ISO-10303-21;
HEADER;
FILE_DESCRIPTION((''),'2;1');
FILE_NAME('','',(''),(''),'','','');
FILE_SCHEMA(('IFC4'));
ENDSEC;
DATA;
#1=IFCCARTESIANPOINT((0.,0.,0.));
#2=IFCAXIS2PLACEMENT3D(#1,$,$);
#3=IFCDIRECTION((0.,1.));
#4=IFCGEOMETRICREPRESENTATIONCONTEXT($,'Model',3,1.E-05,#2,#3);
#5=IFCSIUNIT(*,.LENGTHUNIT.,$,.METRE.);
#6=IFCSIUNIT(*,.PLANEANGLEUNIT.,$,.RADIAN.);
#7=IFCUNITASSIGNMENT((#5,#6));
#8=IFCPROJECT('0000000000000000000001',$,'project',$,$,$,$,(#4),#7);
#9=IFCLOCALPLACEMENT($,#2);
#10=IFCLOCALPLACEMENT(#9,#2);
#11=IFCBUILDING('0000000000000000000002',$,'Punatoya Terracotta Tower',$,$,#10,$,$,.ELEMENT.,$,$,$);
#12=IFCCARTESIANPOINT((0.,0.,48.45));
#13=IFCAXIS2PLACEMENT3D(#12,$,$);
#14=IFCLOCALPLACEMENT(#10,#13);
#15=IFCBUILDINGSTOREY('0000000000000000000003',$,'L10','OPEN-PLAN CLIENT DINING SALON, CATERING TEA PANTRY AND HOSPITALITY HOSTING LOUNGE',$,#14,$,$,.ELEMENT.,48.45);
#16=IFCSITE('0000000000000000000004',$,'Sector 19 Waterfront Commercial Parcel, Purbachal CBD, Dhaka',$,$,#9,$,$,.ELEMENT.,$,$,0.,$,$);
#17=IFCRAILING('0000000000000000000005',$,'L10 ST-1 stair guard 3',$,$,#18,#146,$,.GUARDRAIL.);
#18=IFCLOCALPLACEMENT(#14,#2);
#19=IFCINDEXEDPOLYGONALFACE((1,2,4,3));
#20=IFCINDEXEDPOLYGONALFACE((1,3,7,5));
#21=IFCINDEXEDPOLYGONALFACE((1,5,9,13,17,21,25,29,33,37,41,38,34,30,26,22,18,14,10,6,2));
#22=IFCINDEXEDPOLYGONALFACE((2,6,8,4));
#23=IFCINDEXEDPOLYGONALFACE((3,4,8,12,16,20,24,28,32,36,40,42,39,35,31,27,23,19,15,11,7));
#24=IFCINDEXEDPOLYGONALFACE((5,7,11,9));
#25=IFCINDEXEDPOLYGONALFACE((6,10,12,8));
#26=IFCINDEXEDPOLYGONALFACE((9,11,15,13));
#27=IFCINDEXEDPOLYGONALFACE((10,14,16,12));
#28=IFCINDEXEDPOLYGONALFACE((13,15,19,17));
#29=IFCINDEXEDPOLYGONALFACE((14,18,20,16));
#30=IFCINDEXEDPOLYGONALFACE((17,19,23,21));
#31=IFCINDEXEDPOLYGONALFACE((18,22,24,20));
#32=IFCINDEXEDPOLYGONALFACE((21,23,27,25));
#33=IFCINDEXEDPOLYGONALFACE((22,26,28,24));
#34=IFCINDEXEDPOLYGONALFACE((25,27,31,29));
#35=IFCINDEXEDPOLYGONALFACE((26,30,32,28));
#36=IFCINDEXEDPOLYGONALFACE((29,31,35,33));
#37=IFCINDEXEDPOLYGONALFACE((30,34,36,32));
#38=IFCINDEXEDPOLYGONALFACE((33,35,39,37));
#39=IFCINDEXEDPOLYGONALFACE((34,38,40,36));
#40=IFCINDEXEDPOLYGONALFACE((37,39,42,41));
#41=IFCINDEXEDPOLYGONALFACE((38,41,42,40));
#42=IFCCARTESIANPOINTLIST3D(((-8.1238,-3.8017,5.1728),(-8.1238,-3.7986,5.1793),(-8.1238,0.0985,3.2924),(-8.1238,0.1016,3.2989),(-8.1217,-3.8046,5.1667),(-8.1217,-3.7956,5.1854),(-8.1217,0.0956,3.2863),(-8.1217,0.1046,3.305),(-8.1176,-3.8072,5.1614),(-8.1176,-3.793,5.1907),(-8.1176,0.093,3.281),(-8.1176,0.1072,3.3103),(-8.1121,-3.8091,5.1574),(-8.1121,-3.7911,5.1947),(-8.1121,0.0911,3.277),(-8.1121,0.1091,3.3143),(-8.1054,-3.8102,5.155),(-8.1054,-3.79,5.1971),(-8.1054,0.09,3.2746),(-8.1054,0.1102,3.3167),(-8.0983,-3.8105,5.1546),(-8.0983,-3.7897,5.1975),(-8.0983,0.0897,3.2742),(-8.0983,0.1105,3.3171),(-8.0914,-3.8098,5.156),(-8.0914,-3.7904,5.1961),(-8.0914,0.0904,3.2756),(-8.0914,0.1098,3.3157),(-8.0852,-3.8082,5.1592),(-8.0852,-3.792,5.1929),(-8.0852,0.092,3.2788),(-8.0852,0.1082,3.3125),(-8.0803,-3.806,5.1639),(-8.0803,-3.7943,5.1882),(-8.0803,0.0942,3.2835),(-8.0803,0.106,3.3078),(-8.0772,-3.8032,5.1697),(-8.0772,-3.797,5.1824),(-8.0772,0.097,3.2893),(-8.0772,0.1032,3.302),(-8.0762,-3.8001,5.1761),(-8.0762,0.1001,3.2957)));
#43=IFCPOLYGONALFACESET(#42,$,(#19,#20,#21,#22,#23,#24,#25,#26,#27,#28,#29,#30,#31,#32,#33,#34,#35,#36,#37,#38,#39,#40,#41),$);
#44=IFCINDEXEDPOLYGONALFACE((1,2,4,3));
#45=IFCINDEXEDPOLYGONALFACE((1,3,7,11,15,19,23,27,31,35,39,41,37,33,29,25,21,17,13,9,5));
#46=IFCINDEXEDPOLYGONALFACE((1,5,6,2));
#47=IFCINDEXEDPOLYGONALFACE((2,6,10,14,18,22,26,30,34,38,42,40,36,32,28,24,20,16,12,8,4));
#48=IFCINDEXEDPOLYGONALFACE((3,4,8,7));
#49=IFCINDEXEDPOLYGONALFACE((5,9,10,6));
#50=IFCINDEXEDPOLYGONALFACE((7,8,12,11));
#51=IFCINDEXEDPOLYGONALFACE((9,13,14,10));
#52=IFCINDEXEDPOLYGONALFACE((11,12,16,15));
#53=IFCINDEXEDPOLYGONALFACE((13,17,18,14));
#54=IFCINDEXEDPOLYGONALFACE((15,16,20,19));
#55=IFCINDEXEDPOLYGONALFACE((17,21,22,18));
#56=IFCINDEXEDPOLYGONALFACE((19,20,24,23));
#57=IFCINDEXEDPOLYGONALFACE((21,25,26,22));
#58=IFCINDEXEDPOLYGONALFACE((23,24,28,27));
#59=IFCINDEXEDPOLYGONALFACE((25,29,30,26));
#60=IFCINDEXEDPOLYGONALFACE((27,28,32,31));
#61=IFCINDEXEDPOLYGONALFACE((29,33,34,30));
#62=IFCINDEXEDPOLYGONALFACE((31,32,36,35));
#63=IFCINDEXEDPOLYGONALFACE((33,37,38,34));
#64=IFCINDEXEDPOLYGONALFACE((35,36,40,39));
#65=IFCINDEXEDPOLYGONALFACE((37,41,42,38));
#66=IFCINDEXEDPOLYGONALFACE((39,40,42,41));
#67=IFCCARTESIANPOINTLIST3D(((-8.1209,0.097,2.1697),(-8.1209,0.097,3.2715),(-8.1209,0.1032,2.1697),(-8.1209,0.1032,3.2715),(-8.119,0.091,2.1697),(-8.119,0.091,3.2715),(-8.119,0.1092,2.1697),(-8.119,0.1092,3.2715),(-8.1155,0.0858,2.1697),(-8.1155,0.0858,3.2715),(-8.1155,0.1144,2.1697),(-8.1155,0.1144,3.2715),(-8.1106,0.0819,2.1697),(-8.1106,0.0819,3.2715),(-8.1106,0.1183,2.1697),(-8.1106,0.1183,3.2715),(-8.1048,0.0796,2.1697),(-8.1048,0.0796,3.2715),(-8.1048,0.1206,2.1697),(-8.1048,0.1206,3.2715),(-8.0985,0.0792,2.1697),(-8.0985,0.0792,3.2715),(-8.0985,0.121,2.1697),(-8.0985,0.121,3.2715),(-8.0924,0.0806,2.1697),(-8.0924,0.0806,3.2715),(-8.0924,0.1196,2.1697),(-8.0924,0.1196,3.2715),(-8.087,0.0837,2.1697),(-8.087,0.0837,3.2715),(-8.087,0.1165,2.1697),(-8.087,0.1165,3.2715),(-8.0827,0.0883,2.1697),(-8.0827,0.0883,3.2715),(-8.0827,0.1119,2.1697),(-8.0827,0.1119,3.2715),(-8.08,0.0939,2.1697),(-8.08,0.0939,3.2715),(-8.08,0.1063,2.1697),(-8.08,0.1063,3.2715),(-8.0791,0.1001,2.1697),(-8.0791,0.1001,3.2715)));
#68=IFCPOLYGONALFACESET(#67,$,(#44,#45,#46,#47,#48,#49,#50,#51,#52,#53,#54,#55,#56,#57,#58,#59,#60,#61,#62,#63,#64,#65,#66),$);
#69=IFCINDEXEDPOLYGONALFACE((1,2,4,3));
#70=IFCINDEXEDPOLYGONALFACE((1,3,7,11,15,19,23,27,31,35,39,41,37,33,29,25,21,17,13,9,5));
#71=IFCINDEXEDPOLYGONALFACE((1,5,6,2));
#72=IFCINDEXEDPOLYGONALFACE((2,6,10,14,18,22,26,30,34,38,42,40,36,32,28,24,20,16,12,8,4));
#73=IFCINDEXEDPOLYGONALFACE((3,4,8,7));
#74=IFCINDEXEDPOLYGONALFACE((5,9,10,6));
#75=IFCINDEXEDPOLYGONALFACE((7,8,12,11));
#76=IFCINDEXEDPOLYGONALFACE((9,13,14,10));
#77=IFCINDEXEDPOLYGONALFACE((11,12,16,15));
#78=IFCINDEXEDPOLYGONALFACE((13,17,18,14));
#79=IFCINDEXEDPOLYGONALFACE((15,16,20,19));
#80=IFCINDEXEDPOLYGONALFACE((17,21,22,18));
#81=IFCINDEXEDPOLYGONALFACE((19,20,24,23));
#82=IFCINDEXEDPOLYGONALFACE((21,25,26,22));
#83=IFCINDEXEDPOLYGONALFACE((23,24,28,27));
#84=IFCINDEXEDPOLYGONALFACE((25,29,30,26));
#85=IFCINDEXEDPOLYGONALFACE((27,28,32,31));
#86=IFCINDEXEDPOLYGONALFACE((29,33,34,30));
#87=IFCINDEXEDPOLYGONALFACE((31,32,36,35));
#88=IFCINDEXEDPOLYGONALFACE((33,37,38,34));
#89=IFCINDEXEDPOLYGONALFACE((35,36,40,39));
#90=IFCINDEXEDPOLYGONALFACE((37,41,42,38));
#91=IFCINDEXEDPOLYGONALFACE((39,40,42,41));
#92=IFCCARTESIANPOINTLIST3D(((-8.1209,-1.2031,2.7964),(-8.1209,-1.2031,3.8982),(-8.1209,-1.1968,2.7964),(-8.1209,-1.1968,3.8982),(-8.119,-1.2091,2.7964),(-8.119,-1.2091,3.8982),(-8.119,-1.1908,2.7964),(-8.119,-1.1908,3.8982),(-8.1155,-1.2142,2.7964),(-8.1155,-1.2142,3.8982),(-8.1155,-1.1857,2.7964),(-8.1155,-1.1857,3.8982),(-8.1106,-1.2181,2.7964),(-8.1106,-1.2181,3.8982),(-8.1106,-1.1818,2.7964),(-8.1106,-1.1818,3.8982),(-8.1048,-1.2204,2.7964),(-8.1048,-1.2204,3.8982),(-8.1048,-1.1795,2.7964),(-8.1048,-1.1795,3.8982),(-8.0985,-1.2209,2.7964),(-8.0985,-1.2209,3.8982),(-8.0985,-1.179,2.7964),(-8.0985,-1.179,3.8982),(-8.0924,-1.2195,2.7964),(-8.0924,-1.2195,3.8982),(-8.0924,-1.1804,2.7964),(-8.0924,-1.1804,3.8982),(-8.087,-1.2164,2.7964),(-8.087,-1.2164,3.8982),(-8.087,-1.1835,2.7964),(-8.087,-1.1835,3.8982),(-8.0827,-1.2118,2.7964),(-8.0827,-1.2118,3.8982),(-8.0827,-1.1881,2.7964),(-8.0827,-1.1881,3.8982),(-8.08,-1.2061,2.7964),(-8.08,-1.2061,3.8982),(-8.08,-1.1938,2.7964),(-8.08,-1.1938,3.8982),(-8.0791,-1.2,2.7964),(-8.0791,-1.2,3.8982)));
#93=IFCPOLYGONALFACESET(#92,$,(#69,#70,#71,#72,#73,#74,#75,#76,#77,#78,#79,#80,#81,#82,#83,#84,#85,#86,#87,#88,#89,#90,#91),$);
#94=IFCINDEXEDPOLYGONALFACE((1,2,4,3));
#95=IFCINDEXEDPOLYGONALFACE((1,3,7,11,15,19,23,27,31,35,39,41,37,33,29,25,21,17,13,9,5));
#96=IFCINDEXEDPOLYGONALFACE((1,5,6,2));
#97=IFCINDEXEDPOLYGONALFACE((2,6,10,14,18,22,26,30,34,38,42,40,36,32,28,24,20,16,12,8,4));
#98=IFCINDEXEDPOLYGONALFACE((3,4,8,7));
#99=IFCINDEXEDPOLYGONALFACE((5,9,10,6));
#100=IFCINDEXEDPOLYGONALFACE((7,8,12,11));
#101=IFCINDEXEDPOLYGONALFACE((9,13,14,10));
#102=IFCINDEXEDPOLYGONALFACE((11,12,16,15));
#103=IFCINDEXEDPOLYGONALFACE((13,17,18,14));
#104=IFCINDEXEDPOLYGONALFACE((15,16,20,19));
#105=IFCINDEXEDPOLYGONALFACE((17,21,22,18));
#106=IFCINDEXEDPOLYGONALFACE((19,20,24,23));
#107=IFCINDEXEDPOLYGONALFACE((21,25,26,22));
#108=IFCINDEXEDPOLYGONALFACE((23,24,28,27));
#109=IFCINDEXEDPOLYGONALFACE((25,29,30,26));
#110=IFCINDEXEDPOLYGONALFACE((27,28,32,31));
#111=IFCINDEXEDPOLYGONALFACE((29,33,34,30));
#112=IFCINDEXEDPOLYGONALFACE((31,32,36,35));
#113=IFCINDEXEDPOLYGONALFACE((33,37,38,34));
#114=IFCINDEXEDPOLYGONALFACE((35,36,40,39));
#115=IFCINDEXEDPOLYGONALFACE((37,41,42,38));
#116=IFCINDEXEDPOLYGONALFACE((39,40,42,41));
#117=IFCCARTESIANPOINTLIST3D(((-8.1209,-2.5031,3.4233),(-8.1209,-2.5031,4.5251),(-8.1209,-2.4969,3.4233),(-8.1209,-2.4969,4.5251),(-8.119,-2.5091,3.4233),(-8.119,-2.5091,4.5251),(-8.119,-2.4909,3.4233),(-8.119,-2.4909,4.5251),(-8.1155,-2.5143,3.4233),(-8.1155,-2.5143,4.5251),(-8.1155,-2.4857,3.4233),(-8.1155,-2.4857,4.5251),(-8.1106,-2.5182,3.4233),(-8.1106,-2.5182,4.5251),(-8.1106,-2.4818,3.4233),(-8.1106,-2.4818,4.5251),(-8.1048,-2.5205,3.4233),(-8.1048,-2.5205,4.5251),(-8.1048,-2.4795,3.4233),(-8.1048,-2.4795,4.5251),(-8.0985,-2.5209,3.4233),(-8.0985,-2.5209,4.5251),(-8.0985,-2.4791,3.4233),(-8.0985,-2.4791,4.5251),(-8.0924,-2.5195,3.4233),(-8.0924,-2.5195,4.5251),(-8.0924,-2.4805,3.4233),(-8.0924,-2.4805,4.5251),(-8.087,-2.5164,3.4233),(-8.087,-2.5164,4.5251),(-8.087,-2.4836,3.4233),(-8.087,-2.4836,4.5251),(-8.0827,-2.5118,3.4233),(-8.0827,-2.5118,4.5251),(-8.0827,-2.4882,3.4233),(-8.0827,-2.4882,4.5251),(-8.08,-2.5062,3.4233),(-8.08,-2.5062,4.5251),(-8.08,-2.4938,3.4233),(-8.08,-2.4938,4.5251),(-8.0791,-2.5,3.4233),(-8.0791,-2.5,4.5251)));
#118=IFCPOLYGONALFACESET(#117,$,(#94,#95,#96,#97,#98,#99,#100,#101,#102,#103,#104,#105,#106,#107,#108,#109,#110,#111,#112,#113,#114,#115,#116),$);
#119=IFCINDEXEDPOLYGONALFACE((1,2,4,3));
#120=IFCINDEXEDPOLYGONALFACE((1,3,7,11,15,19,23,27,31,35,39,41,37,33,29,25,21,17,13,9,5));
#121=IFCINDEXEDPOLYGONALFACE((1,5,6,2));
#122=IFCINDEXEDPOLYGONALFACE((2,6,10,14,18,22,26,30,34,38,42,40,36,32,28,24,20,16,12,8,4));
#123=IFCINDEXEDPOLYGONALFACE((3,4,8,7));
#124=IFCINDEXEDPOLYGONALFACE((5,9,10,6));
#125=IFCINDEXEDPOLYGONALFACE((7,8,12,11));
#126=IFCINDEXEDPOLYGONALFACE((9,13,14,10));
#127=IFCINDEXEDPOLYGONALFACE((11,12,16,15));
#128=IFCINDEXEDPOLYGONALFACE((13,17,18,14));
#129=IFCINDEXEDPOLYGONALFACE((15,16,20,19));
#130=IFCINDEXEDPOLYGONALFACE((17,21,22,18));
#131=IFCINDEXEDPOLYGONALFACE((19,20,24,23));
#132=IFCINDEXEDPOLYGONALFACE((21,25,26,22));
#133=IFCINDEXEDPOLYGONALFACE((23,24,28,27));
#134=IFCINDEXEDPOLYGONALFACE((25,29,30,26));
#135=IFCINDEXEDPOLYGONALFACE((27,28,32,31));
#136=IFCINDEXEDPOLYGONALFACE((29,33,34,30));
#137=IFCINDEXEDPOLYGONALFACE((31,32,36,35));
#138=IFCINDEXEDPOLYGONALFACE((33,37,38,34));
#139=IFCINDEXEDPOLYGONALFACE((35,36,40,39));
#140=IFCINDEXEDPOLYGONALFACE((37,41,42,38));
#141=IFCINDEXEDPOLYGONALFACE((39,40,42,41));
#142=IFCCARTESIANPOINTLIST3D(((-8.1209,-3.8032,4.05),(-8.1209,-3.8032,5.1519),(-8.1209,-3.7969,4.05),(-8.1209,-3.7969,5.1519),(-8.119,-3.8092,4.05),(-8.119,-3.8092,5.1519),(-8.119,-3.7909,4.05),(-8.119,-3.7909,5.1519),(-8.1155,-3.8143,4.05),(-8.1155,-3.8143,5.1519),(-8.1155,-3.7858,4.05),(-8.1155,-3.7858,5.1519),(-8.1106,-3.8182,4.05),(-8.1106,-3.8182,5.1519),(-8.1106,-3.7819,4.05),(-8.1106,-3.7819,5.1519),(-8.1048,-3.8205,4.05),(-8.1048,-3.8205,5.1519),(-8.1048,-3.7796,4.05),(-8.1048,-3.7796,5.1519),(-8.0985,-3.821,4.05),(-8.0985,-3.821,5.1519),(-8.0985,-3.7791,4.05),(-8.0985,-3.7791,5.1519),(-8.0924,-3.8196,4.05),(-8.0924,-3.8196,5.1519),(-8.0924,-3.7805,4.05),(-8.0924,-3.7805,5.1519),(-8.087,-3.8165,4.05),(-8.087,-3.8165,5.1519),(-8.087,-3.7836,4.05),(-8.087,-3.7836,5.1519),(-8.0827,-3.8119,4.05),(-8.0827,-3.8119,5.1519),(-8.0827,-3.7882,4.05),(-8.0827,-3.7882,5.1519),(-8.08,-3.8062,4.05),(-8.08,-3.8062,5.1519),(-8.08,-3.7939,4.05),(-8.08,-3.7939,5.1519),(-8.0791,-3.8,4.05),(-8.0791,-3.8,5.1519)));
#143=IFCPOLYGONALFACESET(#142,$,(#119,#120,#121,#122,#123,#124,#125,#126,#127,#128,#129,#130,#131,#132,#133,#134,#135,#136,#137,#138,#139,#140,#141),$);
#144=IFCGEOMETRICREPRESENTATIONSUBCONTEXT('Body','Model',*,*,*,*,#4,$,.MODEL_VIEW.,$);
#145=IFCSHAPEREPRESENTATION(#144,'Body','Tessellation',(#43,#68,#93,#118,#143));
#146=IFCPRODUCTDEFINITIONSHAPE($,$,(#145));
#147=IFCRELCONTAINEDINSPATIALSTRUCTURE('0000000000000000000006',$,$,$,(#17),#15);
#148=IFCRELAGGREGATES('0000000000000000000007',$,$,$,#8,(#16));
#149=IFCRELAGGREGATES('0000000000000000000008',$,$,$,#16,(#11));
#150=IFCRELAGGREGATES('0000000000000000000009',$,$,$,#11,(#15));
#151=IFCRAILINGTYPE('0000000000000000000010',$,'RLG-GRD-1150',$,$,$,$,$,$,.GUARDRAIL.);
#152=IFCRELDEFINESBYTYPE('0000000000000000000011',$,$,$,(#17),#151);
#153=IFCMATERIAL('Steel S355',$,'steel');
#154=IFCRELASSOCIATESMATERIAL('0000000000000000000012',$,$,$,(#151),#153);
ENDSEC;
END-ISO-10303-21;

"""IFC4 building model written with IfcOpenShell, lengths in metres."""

from ifc_helpers import new_model, si_unit, direction, frame, origin, origin_2d, place, context, subcontext, project, spatial, circle, extrude, material, type_object, element, save


model = new_model("IFC4")

# Units and contexts
model_context = context("Model", 3, precision=1e-05, world=origin(), true_north=direction((0.0, 1.0)))
body_context = subcontext(model_context, "Body", "Model", "MODEL_VIEW")
ifc_project = project(units=[si_unit("LENGTHUNIT", "METRE"), si_unit("PLANEANGLEUNIT", "RADIAN")], contexts=[model_context])

# Site, building, storey
site_placement = place(None, origin())
site = spatial("IfcSite", under=ifc_project, at=site_placement, Name="Sector 19 Waterfront Commercial Parcel, Purbachal CBD, Dhaka", CompositionType="ELEMENT", RefElevation=0.0)
building_placement = place(site_placement, origin())
building = spatial("IfcBuilding", under=site, at=building_placement, Name="Punatoya Terracotta Tower", CompositionType="ELEMENT")
storey_placement = place(building_placement, frame((0.0, 0.0, 48.45)))
storey = spatial("IfcBuildingStorey", under=building, at=storey_placement, Name="L10", Description="OPEN-PLAN CLIENT DINING SALON, CATERING TEA PANTRY AND HOSPITALITY HOSTING LOUNGE", CompositionType="ELEMENT", Elevation=48.45)

# Shared definitions
ifc_material_1 = material(Name="Steel S355", Category="steel")

# Railing
railing_type_1 = type_object("IfcRailingType", Name="RLG-GRD-1150", PredefinedType="GUARDRAIL", material=ifc_material_1)
railing_1_placement = place(storey_placement, frame((-8.1001, 0.1001, 2.1697)))
element("IfcRailing", 1, at=railing_1_placement, inside=storey, type_object=railing_type_1, Name="L10 ST-1 stair guard 3", PredefinedType="GUARDRAIL", context=body_context, shape_type="SweptSolid", body=[
    extrude(circle(Radius=0.0239, at=origin_2d()), frame((0.0, 0.0, 1.126), z_axis=(0.0, -0.900774, 0.434289), x_axis=(1.0, 0.0, 0.0)), (0.0, 0.0, 1.0), 4.3298),
    extrude(circle(Radius=0.021, at=origin_2d()), origin(), (0.0, 0.0, 1.0), 1.1018),
    extrude(circle(Radius=0.021, at=origin_2d()), frame((0.0, -1.3, 0.6267)), (0.0, 0.0, 1.0), 1.1018),
    extrude(circle(Radius=0.021, at=origin_2d()), frame((0.0, -2.6001, 1.2537)), (0.0, 0.0, 1.0), 1.1018),
    extrude(circle(Radius=0.021, at=origin_2d()), frame((0.0, -3.9001, 1.8804)), (0.0, 0.0, 1.0), 1.1018),
])

save(model, "model.ifc")
